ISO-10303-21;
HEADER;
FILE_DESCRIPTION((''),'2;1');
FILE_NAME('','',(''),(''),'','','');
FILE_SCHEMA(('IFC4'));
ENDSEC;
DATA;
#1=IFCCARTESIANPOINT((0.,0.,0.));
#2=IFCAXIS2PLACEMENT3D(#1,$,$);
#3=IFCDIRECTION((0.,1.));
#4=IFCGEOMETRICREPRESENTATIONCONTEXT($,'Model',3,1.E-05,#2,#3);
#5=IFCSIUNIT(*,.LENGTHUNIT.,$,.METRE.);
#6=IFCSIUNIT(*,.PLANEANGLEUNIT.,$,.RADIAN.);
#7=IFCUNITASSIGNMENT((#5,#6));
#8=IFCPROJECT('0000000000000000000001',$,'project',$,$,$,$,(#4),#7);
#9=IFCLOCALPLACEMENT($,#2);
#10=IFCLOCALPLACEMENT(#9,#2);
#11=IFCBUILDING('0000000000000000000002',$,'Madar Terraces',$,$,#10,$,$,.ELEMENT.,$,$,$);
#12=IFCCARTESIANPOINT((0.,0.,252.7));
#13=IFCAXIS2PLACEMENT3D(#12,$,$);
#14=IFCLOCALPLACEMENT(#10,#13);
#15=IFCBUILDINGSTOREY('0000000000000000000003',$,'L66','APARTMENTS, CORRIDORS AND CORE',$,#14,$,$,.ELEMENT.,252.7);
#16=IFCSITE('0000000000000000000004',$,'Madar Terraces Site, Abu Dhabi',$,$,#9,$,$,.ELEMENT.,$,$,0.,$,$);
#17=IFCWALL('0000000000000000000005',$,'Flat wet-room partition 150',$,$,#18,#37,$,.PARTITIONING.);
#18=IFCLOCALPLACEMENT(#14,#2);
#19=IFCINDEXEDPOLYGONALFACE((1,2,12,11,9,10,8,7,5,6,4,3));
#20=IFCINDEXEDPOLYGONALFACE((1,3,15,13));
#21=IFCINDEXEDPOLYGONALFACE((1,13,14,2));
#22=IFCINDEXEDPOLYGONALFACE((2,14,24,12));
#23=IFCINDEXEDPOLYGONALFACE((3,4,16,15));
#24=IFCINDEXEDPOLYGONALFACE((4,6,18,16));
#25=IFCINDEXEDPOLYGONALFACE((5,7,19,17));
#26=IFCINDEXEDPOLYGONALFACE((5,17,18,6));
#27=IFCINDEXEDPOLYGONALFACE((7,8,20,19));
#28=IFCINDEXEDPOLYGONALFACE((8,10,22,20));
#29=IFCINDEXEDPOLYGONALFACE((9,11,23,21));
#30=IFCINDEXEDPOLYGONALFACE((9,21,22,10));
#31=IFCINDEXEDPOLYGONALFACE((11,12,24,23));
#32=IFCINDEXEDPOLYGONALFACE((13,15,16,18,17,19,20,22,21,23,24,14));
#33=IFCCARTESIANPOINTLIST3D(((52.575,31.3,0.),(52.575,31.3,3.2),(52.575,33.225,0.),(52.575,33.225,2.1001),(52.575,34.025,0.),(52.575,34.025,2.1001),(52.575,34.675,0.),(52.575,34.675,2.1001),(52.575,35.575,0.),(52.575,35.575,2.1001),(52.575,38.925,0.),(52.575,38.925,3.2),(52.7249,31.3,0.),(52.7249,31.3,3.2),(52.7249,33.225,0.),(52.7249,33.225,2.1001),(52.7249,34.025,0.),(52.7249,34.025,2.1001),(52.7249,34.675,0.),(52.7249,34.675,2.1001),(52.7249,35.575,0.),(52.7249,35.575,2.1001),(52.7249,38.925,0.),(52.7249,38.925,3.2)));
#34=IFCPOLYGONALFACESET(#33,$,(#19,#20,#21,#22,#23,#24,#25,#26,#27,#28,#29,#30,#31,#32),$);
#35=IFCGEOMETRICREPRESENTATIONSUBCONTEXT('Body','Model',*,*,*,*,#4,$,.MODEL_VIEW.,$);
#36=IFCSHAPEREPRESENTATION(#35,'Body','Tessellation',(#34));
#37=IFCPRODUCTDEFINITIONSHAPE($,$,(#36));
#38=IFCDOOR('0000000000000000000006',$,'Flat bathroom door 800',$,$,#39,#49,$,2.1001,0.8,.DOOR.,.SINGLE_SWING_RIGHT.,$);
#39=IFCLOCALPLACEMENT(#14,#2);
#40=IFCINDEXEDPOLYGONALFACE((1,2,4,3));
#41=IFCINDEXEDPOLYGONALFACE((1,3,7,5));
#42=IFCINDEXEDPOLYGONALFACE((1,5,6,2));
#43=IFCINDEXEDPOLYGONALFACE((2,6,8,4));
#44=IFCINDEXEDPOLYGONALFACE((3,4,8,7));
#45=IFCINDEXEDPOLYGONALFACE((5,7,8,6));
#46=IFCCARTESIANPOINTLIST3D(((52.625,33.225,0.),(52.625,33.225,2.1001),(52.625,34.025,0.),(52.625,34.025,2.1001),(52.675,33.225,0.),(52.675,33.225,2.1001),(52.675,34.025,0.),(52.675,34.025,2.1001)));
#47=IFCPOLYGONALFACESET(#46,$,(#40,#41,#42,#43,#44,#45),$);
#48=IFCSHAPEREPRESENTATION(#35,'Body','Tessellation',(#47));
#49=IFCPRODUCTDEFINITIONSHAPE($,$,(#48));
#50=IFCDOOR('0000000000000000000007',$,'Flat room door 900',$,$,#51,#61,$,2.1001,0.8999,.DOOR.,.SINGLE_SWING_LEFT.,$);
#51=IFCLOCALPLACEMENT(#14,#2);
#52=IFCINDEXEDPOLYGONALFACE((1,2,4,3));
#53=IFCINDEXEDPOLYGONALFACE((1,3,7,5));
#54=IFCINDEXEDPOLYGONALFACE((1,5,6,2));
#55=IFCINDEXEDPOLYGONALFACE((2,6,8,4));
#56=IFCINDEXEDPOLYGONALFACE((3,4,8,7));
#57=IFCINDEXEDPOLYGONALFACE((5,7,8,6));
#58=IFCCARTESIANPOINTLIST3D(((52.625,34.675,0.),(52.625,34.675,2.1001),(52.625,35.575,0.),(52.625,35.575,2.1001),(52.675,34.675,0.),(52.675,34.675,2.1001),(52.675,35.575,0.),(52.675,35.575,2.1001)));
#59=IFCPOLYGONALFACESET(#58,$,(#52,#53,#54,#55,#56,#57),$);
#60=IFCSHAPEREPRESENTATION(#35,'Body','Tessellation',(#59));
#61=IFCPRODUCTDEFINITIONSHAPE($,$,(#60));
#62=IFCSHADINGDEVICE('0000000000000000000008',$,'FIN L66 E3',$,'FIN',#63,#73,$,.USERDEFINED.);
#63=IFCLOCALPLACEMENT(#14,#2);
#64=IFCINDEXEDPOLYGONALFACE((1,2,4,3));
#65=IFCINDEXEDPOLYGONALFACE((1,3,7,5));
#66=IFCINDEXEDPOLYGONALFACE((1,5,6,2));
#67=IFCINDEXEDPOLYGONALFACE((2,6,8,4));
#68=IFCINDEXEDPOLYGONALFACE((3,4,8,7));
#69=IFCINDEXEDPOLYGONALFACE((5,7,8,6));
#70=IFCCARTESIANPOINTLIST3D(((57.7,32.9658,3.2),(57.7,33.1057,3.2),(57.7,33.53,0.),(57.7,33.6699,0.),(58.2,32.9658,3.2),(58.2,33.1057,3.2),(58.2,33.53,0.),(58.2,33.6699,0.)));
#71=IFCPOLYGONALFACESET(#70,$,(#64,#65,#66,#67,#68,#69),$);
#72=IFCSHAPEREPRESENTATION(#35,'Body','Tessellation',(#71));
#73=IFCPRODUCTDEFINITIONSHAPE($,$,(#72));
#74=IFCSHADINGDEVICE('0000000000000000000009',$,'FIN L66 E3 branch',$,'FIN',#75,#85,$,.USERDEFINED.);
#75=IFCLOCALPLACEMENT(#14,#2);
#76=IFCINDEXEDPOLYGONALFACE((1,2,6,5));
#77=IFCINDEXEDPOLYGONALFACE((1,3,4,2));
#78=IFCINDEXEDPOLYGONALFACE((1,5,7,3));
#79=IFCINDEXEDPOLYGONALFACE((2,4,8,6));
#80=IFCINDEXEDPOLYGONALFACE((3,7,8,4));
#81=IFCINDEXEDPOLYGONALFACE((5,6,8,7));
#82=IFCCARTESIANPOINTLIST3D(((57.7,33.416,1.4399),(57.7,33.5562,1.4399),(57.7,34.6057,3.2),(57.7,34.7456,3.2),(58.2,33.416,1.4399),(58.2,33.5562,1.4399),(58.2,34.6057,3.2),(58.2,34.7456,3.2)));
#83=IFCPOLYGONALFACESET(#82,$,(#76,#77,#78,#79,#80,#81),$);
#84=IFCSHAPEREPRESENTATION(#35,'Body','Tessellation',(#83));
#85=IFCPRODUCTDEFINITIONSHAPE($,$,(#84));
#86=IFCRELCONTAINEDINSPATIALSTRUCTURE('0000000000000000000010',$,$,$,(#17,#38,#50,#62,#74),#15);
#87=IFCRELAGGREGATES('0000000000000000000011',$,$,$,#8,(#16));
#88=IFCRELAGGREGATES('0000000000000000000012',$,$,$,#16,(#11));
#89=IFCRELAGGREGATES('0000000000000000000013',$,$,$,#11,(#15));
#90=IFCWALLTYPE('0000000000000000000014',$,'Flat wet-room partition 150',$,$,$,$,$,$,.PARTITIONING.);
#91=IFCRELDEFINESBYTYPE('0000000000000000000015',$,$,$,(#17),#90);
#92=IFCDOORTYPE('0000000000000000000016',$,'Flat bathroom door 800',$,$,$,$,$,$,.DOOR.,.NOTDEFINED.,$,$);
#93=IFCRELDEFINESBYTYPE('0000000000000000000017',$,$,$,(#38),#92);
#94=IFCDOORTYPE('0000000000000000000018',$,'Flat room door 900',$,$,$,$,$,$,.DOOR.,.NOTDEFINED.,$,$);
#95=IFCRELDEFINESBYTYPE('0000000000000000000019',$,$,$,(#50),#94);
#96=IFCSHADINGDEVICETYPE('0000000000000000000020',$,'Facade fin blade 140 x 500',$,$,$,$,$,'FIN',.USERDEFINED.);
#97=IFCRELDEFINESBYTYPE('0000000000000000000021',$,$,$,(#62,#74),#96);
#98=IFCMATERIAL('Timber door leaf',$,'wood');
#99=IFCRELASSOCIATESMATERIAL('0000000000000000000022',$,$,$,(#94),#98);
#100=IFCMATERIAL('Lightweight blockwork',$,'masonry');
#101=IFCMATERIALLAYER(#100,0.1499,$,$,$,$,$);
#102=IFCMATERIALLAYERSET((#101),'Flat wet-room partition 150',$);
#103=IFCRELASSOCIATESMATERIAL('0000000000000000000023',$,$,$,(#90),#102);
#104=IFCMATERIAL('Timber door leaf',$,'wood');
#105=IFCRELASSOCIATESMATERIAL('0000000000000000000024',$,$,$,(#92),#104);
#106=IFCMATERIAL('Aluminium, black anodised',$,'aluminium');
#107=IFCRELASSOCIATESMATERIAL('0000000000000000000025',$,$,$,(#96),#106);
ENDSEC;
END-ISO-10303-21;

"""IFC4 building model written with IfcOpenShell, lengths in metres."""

from ifc_helpers import new_model, si_unit, direction, frame, frame_2d, origin, place, context, subcontext, project, spatial, polyline, rectangle, outline, extrude, material, layer, layer_set, type_object, element, fill, save


model = new_model("IFC4")

# Units and contexts
model_context = context("Model", 3, precision=1e-05, world=origin(), true_north=direction((0.0, 1.0)))
body_context = subcontext(model_context, "Body", "Model", "MODEL_VIEW")
ifc_project = project(units=[si_unit("LENGTHUNIT", "METRE"), si_unit("PLANEANGLEUNIT", "RADIAN")], contexts=[model_context])

# Site, building, storey
site_placement = place(None, origin())
site = spatial("IfcSite", under=ifc_project, at=site_placement, Name="Madar Terraces Site, Abu Dhabi", CompositionType="ELEMENT", RefElevation=0.0)
building_placement = place(site_placement, origin())
building = spatial("IfcBuilding", under=site, at=building_placement, Name="Madar Terraces", CompositionType="ELEMENT")
storey_placement = place(building_placement, frame((0.0, 0.0, 252.7)))
storey = spatial("IfcBuildingStorey", under=building, at=storey_placement, Name="L66", Description="APARTMENTS, CORRIDORS AND CORE", CompositionType="ELEMENT", Elevation=252.7)

# Shared definitions
ifc_material_1 = material(Name="Timber door leaf", Category="wood")
door_type_1 = type_object("IfcDoorType", Name="Flat room door 900", OperationType="NOTDEFINED", PredefinedType="DOOR", material=ifc_material_1)

# Shared definitions
ifc_material_2 = material(Name="Lightweight blockwork", Category="masonry")
ifc_layer_1 = layer(ifc_material_2, 0.1499)
ifc_layer_set_1 = layer_set([ifc_layer_1], Name="Flat wet-room partition 150")
wall_type_1 = type_object("IfcWallType", Name="Flat wet-room partition 150", PredefinedType="PARTITIONING", material=ifc_layer_set_1)

# Wall, openings, doors
wall_1_placement = place(storey_placement, frame((52.6499, 31.3, 0.0), z_axis=(0.0, 0.0, 1.0), x_axis=(0.0, 1.0, 0.0)))
wall_1 = element("IfcWall", 1, at=wall_1_placement, inside=storey, type_object=wall_type_1, Name="Flat wet-room partition 150", PredefinedType="PARTITIONING", context=body_context, shape_type="SweptSolid", body=[
    extrude(rectangle(XDim=7.625, YDim=0.1499, at=frame_2d((3.8125, 0.0))), origin(), (0.0, 0.0, 1.0), 3.2),
])
opening_1_placement = place(wall_1_placement, frame((3.375, 0.0, 0.0)))
opening_1 = element("IfcOpeningElement", 2, at=opening_1_placement, cuts=wall_1, PredefinedType="OPENING", context=body_context, shape_type="SweptSolid", body=[
    extrude(rectangle(XDim=0.8999, YDim=2.1001, at=frame_2d((0.45, 1.05))), frame((0.0, 0.085, 0.0), z_axis=(0.0, -1.0, 0.0), x_axis=(1.0, 0.0, 0.0)), (0.0, 0.0, 1.0), 0.1699),
])
opening_2_placement = place(wall_1_placement, frame((1.925, 0.0, 0.0)))
opening_2 = element("IfcOpeningElement", 3, at=opening_2_placement, cuts=wall_1, PredefinedType="OPENING", context=body_context, shape_type="SweptSolid", body=[
    extrude(rectangle(XDim=0.8, YDim=2.1001, at=frame_2d((0.3999, 1.05))), frame((0.0, 0.085, 0.0), z_axis=(0.0, -1.0, 0.0), x_axis=(1.0, 0.0, 0.0)), (0.0, 0.0, 1.0), 0.1699),
])
ifc_material_3 = material(Name="Timber door leaf", Category="wood")
door_type_2 = type_object("IfcDoorType", Name="Flat bathroom door 800", OperationType="NOTDEFINED", PredefinedType="DOOR", material=ifc_material_3)
door_1_placement = place(opening_2_placement, origin())
door_1 = element("IfcDoor", 4, at=door_1_placement, inside=storey, type_object=door_type_2, Name="Flat bathroom door 800", OperationType="SINGLE_SWING_RIGHT", OverallHeight=2.1001, OverallWidth=0.8, PredefinedType="DOOR", context=body_context, shape_type="SweptSolid", body=[
    extrude(rectangle(XDim=0.8, YDim=2.1001, at=frame_2d((0.3999, 1.05))), frame((0.0, 0.0249, 0.0), z_axis=(0.0, -1.0, 0.0), x_axis=(1.0, 0.0, 0.0)), (0.0, 0.0, 1.0), 0.05),
])
fill(opening_2, door_1)
door_2_placement = place(opening_1_placement, origin())
door_2 = element("IfcDoor", 5, at=door_2_placement, inside=storey, type_object=door_type_1, Name="Flat room door 900", OperationType="SINGLE_SWING_LEFT", OverallHeight=2.1001, OverallWidth=0.8999, PredefinedType="DOOR", context=body_context, shape_type="SweptSolid", body=[
    extrude(rectangle(XDim=0.8999, YDim=2.1001, at=frame_2d((0.45, 1.05))), frame((0.0, 0.0249, 0.0), z_axis=(0.0, -1.0, 0.0), x_axis=(1.0, 0.0, 0.0)), (0.0, 0.0, 1.0), 0.05),
])
fill(opening_1, door_2)

# Shading devices
ifc_material_4 = material(Name="Aluminium, black anodised", Category="aluminium")
shading_device_type = type_object("IfcShadingDeviceType", Name="Facade fin blade 140 x 500", ElementType="FIN", PredefinedType="USERDEFINED", material=ifc_material_4)
shading_device_1_placement = place(storey_placement, frame((57.95, 33.53, 0.0), z_axis=(0.0, 0.0, 1.0), x_axis=(0.0, 1.0, 0.0)))
element("IfcShadingDevice", 6, at=shading_device_1_placement, inside=storey, type_object=shading_device_type, Name="FIN L66 E3", ObjectType="FIN", PredefinedType="USERDEFINED", context=body_context, shape_type="SweptSolid", body=[
    extrude(outline(polyline([(0.0, 0.0), (0.1399, 0.0), (-0.4243, 3.2), (-0.5642, 3.2), (0.0, 0.0)])), frame((0.0, 0.25, 0.0), z_axis=(0.0, -1.0, 0.0), x_axis=(1.0, 0.0, 0.0)), (0.0, 0.0, 1.0), 0.5),
])
shading_device_2_placement = place(storey_placement, frame((57.95, 33.416, 1.4399), z_axis=(0.0, 0.0, 1.0), x_axis=(0.0, 1.0, 0.0)))
element("IfcShadingDevice", 7, at=shading_device_2_placement, inside=storey, type_object=shading_device_type, Name="FIN L66 E3 branch", ObjectType="FIN", PredefinedType="USERDEFINED", context=body_context, shape_type="SweptSolid", body=[
    extrude(outline(polyline([(0.0, 0.0), (0.1401, 0.0), (1.3296, 1.76), (1.1897, 1.76), (0.0, 0.0)])), frame((0.0, 0.25, 0.0), z_axis=(0.0, -1.0, 0.0), x_axis=(1.0, 0.0, 0.0)), (0.0, 0.0, 1.0), 0.5),
])

save(model, "model.ifc")
